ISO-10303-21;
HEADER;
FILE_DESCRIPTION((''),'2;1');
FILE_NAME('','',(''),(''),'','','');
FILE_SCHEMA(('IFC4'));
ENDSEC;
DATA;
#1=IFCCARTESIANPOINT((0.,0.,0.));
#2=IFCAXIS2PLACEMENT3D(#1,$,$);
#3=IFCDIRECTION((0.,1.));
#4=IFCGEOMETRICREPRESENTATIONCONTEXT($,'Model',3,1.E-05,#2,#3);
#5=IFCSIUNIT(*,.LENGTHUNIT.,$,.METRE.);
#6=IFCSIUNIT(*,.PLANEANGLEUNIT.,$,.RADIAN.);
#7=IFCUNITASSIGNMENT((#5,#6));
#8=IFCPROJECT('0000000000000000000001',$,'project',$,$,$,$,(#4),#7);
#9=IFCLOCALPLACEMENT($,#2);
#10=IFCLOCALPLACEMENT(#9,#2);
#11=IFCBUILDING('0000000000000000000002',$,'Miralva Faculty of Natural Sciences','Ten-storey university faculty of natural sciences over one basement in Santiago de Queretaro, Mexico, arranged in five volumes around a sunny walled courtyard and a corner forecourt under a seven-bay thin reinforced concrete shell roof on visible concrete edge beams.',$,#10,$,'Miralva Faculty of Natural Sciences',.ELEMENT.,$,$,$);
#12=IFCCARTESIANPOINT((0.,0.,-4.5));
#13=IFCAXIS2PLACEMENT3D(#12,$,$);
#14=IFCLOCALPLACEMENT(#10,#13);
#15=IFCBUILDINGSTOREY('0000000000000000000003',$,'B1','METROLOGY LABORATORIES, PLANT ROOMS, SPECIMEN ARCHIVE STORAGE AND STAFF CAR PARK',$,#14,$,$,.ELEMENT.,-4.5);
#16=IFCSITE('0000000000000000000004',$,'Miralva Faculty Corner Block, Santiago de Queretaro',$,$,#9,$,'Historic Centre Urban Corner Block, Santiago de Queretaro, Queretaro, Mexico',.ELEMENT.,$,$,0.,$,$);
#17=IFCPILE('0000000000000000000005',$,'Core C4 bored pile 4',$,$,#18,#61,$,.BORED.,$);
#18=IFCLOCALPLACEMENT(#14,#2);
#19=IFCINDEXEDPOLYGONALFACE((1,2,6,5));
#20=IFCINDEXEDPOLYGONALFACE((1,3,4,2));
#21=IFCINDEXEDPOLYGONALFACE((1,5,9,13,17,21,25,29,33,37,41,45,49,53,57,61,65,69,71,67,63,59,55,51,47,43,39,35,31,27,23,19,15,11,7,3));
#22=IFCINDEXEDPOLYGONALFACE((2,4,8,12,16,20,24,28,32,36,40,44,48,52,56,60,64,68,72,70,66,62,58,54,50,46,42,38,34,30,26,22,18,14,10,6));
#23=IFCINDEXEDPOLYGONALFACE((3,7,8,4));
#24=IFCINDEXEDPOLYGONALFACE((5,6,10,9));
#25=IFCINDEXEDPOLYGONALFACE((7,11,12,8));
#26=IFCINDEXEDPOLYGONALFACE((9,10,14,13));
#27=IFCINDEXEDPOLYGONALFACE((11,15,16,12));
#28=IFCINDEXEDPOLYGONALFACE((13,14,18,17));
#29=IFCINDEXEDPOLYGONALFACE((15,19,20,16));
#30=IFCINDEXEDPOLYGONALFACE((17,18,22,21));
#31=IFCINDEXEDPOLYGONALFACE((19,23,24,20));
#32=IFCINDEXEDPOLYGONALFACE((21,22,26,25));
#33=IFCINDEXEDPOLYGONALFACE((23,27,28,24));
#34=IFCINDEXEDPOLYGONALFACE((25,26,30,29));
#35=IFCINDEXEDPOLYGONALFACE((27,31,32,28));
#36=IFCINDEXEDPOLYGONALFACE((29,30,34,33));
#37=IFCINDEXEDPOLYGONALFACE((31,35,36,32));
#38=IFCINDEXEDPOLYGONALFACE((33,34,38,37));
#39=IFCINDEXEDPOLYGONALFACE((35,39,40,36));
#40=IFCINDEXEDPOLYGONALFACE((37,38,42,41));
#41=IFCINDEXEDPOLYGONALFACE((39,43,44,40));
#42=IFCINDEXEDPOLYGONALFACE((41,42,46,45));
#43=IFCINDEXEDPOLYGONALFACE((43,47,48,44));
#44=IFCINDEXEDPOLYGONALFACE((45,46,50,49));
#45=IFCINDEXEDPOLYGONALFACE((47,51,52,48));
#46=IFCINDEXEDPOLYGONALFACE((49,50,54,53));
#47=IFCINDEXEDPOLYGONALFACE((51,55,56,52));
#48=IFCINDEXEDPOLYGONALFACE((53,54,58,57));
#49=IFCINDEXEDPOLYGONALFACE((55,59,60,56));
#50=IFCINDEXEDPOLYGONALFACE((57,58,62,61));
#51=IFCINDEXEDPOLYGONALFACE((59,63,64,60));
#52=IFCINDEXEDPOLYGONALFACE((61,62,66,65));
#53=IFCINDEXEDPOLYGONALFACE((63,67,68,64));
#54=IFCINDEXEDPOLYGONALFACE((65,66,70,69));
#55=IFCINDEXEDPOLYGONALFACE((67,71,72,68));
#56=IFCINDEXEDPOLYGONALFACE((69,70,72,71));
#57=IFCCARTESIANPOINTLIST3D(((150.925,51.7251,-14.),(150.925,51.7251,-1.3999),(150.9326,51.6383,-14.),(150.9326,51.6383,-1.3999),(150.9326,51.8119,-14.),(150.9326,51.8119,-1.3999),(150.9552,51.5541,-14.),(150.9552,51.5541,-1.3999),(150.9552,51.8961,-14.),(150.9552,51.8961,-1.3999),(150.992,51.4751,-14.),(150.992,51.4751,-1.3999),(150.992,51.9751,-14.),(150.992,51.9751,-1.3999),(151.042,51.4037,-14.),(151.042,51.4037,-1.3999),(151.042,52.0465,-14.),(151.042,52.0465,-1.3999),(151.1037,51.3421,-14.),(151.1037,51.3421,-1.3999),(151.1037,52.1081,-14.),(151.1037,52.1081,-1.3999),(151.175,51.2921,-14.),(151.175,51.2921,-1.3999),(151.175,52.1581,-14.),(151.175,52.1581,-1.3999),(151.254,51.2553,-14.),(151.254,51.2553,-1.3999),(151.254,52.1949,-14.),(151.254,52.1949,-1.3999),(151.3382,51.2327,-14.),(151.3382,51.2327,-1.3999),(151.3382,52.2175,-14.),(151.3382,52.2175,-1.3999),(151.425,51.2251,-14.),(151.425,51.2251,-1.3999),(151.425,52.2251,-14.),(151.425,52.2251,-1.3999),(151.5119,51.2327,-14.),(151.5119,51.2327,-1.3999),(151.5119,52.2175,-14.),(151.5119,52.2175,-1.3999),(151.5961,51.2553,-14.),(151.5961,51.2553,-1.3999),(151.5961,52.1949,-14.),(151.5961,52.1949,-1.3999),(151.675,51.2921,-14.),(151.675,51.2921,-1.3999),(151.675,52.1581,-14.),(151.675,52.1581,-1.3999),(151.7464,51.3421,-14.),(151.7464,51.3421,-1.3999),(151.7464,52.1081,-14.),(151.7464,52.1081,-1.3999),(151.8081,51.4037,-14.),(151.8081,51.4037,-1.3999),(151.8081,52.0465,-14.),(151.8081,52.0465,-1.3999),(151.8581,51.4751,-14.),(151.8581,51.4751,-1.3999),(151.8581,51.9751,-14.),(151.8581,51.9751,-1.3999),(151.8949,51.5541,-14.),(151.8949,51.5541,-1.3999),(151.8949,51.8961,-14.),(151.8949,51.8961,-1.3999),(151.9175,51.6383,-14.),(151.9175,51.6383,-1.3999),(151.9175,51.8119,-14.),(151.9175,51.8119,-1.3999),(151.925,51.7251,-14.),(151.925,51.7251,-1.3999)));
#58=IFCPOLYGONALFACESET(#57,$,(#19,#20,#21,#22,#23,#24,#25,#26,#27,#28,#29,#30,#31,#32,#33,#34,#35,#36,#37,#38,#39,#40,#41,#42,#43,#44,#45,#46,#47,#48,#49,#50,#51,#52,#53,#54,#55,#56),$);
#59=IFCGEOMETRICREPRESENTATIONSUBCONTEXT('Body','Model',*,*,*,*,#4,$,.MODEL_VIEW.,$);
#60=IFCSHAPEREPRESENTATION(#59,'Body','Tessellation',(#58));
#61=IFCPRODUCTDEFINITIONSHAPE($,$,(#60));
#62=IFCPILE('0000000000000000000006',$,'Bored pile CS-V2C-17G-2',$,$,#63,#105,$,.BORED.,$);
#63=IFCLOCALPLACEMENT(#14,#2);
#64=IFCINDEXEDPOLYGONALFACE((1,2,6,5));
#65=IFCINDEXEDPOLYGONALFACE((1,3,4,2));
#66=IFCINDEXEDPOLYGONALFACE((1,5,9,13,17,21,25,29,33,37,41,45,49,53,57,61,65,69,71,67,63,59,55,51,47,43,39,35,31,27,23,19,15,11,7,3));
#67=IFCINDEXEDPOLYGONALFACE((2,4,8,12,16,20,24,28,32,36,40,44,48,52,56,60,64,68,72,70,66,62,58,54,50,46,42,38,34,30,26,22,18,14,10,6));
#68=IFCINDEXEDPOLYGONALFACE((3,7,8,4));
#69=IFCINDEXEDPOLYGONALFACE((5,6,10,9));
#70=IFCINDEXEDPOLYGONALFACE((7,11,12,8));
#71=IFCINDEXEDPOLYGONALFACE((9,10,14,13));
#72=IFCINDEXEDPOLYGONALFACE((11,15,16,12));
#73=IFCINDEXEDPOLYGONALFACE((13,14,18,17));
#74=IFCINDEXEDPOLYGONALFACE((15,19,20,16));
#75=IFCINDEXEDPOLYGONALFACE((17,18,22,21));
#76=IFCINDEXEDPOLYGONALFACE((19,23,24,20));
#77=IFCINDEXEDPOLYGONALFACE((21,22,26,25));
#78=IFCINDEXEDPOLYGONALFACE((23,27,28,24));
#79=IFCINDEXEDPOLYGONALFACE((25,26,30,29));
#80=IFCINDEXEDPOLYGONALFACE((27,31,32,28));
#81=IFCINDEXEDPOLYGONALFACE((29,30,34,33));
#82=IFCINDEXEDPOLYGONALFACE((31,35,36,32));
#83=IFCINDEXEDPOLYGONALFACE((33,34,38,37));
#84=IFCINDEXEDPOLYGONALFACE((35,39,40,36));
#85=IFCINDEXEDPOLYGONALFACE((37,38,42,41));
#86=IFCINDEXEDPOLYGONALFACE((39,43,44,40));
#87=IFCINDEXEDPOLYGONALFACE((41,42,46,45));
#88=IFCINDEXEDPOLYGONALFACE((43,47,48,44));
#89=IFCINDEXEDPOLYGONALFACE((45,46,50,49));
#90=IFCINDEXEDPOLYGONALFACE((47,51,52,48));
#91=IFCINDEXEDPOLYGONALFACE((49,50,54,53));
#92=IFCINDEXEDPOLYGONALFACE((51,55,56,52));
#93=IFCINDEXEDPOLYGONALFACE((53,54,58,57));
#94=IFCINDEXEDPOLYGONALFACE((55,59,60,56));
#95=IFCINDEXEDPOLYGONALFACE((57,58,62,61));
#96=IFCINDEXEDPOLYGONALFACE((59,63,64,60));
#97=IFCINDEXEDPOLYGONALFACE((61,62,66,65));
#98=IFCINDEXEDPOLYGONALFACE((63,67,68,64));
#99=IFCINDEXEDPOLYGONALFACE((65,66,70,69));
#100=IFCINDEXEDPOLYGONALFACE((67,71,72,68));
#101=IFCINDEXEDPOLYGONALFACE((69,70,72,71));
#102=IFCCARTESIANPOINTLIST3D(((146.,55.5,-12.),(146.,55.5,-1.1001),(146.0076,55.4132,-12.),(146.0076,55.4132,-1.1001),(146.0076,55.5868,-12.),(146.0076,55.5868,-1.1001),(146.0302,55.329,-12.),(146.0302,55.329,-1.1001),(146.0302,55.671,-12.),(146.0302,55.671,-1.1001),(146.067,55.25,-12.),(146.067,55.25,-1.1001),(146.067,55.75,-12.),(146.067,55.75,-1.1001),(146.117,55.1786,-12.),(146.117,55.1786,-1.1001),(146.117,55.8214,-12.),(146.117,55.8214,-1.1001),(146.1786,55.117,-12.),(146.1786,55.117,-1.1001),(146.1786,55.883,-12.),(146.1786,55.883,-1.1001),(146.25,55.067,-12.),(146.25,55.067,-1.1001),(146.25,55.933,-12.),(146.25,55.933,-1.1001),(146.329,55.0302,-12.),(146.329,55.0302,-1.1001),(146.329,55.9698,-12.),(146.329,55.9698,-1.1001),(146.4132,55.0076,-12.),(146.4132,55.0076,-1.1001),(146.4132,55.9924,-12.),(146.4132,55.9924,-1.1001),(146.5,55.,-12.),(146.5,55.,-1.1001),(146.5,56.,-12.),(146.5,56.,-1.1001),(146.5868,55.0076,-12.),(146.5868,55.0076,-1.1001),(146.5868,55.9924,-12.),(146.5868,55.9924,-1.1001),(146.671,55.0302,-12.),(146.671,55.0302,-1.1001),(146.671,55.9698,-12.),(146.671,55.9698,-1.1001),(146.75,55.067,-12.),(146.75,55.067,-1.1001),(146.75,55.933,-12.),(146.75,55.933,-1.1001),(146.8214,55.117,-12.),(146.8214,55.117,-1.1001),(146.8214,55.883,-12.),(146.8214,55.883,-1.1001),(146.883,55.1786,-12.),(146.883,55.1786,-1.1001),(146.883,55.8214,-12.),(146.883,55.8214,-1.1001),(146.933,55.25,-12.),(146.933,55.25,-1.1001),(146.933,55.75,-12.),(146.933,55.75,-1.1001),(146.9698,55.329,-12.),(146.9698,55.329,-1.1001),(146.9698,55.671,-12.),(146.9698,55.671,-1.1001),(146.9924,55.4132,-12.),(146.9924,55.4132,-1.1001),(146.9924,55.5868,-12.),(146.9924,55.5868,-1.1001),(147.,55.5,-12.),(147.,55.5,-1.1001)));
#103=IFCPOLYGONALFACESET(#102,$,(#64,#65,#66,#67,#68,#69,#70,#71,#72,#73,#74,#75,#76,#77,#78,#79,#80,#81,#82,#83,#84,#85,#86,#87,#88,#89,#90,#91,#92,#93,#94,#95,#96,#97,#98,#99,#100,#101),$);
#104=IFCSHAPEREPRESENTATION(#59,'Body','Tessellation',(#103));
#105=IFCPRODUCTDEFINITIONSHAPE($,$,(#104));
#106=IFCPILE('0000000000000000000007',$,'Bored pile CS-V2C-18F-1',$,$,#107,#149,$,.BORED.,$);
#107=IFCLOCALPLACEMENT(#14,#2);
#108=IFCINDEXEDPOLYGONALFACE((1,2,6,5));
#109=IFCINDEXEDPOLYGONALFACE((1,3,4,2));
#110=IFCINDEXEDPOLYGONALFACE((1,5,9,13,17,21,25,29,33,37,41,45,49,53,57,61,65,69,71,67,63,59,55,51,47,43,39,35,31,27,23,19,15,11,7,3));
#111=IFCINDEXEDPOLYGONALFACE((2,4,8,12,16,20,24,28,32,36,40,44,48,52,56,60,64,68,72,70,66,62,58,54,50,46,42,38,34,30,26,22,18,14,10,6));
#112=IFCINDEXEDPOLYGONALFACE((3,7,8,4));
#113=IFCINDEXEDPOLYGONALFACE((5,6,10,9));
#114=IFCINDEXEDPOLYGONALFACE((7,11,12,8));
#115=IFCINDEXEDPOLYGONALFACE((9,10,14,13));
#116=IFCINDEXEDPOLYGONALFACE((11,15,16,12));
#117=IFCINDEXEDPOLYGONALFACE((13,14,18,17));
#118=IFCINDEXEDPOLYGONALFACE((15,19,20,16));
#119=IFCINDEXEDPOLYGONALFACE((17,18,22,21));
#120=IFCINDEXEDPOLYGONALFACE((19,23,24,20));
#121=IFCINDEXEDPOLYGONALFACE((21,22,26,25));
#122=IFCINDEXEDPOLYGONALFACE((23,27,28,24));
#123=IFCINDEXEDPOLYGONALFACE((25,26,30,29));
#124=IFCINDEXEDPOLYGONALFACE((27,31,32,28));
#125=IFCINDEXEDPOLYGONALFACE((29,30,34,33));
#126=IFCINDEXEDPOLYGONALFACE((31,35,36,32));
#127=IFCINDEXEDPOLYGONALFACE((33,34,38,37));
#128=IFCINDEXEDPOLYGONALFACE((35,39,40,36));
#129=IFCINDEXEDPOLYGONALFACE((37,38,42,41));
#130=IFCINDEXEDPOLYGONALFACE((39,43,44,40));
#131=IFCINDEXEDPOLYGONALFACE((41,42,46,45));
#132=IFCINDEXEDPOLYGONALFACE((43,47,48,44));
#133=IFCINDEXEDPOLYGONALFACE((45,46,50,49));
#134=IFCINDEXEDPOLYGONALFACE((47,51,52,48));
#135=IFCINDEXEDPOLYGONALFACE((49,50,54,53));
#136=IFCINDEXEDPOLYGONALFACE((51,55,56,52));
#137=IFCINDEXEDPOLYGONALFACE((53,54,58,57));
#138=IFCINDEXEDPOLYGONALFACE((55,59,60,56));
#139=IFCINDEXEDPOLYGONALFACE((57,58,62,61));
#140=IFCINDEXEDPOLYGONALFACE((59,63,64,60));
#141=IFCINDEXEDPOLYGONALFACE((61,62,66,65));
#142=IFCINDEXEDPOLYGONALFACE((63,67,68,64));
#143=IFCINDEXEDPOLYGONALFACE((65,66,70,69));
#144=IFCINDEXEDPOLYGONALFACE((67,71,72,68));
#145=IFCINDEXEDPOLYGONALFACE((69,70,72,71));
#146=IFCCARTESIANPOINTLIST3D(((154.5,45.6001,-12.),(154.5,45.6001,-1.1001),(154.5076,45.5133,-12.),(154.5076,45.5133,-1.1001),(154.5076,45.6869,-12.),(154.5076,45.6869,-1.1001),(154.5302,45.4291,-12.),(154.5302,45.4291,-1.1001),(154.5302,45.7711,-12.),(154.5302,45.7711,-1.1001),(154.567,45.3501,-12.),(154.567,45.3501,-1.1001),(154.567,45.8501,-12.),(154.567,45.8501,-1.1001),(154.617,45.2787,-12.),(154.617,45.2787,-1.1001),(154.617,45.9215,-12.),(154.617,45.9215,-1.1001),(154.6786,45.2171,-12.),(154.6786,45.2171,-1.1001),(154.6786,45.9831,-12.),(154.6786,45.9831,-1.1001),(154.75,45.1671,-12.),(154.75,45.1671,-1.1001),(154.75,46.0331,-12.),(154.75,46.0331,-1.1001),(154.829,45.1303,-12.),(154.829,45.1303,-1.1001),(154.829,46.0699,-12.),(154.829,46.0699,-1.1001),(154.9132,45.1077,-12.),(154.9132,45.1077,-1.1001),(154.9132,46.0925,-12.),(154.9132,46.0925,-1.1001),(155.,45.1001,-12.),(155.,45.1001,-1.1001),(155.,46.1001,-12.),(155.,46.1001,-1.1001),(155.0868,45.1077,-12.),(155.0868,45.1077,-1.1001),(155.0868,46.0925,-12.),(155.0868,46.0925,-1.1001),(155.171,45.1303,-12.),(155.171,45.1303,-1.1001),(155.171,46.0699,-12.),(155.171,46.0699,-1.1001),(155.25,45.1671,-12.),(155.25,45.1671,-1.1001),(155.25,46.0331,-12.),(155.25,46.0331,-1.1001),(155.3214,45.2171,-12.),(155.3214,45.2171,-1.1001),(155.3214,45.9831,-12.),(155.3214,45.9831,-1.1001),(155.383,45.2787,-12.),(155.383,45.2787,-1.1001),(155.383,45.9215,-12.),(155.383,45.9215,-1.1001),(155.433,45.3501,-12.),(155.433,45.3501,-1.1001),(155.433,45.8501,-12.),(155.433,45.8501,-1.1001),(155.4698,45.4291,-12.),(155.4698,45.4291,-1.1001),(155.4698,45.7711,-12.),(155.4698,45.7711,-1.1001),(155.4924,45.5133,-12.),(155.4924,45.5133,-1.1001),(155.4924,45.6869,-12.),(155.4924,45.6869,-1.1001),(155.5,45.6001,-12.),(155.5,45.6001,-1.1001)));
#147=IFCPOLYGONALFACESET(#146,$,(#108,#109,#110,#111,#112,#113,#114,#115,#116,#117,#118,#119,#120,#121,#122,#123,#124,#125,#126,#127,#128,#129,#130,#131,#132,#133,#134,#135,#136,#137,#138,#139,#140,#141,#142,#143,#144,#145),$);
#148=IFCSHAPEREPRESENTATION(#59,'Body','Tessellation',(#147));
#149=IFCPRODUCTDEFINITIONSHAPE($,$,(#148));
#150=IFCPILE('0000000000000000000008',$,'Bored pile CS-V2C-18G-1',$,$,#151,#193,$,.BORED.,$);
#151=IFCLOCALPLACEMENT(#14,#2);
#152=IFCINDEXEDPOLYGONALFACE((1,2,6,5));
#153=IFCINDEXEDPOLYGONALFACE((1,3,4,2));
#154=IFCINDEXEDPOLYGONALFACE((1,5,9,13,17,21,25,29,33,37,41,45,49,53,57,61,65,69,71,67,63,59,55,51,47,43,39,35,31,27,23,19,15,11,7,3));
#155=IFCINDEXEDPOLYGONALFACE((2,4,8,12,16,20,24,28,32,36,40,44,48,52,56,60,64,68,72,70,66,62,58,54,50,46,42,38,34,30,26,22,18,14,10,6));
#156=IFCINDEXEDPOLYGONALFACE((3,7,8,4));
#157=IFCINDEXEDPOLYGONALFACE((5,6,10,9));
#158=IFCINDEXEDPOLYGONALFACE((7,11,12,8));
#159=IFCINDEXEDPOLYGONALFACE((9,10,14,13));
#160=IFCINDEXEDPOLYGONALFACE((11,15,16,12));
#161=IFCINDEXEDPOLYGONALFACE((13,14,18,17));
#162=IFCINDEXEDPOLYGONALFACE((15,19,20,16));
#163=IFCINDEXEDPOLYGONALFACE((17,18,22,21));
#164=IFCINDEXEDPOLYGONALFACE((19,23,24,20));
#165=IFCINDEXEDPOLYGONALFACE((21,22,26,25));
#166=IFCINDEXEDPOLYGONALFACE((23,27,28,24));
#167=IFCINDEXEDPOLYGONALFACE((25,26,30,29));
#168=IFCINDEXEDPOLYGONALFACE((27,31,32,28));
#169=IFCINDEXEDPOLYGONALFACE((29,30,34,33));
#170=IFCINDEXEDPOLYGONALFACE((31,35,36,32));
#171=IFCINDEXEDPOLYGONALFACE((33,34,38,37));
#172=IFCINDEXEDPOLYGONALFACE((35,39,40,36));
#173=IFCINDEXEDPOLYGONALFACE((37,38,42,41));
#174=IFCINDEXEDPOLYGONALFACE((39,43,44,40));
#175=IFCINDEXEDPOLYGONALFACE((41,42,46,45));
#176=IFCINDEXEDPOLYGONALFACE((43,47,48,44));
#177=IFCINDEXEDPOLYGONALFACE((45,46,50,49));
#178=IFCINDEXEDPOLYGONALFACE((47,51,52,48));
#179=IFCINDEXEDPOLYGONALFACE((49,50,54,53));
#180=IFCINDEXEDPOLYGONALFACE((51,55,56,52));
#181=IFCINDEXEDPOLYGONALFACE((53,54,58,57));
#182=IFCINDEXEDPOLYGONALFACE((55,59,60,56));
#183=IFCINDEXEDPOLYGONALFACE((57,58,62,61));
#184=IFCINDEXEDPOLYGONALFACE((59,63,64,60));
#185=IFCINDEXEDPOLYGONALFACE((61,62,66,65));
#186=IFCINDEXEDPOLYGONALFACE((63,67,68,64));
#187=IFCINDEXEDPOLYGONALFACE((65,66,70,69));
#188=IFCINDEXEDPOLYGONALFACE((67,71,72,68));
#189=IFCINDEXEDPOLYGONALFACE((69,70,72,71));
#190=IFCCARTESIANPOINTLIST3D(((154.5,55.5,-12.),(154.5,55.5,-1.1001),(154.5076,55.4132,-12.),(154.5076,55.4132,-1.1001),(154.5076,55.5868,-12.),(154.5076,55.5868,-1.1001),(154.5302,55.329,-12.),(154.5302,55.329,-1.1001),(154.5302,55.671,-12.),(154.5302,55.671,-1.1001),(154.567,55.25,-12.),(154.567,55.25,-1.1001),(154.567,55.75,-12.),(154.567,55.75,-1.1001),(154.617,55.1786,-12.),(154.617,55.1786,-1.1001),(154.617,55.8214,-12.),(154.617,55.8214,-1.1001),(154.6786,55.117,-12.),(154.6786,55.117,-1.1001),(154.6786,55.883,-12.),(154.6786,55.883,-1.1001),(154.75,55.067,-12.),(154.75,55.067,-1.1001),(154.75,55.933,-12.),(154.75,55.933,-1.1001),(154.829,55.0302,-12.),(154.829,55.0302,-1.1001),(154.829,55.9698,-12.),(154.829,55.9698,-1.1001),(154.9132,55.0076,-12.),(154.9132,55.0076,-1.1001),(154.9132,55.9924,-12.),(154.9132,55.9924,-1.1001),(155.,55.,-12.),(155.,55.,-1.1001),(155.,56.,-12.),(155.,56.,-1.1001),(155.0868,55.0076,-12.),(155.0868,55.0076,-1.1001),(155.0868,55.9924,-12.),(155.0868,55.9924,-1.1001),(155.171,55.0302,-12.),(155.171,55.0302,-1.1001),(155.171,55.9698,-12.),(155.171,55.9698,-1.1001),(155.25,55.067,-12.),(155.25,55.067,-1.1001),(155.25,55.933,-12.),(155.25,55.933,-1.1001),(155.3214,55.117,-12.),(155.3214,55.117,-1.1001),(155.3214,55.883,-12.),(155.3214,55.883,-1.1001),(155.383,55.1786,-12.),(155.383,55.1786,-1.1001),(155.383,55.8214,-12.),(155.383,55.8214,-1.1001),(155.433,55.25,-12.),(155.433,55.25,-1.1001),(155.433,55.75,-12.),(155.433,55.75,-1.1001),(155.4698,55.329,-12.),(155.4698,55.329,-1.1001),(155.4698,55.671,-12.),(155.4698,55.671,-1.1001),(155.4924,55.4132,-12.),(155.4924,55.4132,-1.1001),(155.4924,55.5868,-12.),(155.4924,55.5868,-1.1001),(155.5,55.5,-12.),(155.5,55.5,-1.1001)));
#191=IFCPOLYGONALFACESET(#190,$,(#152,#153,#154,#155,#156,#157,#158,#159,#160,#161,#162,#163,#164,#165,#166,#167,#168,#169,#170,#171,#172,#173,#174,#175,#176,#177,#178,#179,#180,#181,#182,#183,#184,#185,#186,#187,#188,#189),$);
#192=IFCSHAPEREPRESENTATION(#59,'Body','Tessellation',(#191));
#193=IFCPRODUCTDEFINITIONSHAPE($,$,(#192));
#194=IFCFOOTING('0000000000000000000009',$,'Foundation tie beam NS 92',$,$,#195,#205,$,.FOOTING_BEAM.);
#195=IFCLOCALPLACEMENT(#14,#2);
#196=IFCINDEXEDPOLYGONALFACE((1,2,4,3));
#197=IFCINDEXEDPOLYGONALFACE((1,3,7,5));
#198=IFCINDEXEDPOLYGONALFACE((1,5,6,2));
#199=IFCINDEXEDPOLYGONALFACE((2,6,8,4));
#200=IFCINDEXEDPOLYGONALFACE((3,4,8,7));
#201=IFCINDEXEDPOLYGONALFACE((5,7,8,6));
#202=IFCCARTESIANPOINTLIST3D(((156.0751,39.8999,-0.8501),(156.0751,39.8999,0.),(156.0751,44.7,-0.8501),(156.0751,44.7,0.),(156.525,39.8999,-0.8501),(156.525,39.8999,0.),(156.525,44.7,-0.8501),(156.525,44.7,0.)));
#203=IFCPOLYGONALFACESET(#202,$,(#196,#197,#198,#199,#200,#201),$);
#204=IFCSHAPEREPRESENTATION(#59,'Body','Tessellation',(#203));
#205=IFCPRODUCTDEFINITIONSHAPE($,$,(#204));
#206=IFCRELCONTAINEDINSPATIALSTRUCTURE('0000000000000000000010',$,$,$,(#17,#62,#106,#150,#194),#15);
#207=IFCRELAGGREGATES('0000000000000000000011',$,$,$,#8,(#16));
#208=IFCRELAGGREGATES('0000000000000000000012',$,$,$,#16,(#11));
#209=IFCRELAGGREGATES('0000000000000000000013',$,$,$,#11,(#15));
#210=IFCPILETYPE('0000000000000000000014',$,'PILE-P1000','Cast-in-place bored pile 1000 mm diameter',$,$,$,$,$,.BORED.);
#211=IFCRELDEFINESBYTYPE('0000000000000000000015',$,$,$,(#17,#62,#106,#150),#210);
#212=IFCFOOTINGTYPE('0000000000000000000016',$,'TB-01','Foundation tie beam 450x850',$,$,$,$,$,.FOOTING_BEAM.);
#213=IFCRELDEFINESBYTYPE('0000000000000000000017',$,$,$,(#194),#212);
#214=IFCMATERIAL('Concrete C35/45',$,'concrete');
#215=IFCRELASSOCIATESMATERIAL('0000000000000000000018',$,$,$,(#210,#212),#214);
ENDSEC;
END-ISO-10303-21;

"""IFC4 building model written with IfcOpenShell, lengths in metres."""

from ifc_helpers import new_model, si_unit, direction, frame, origin, origin_2d, place, context, subcontext, project, spatial, rectangle, circle, extrude, material, material_profile, profile_set, type_object, element, save


model = new_model("IFC4")

# Units and contexts
model_context = context("Model", 3, precision=1e-05, world=origin(), true_north=direction((0.0, 1.0)))
body_context = subcontext(model_context, "Body", "Model", "MODEL_VIEW")
ifc_project = project(units=[si_unit("LENGTHUNIT", "METRE"), si_unit("PLANEANGLEUNIT", "RADIAN")], contexts=[model_context])

# Site, building, storey
site_placement = place(None, origin())
site = spatial("IfcSite", under=ifc_project, at=site_placement, Name="Miralva Faculty Corner Block, Santiago de Queretaro", LongName="Historic Centre Urban Corner Block, Santiago de Queretaro, Queretaro, Mexico", CompositionType="ELEMENT", RefElevation=0.0)
building_placement = place(site_placement, origin())
building = spatial("IfcBuilding", under=site, at=building_placement, Name="Miralva Faculty of Natural Sciences", Description="Ten-storey university faculty of natural sciences over one basement in Santiago de Queretaro, Mexico, arranged in five volumes around a sunny walled courtyard and a corner forecourt under a seven-bay thin reinforced concrete shell roof on visible concrete edge beams.", LongName="Miralva Faculty of Natural Sciences", CompositionType="ELEMENT")
storey_placement = place(building_placement, frame((0.0, 0.0, -4.5)))
storey = spatial("IfcBuildingStorey", under=building, at=storey_placement, Name="B1", Description="METROLOGY LABORATORIES, PLANT ROOMS, SPECIMEN ARCHIVE STORAGE AND STAFF CAR PARK", CompositionType="ELEMENT", Elevation=-4.5)

# Shared definitions
ifc_material_1 = material(Name="Concrete C35/45", Category="concrete")

# Piles
ifc_material_profile_1 = material_profile(ifc_material_1, circle(Radius=0.5, at=origin_2d()), Name="BORED PILE 1000")
ifc_profile_set_1 = profile_set([ifc_material_profile_1], Name="Concrete C35/45")
pile_type = type_object("IfcPileType", Name="PILE-P1000", Description="Cast-in-place bored pile 1000 mm diameter", PredefinedType="BORED", material=ifc_profile_set_1)
for number, where, z_axis, x_axis, name in (
    (1, (151.425, 51.7251, -1.3999), (0.0, 0.0, -1.0), (1.0, 0.0, 0.0), "Core C4 bored pile 4"),
):
    element("IfcPile", number, at=place(storey_placement, frame(where, z_axis=z_axis, x_axis=x_axis)), inside=storey, type_object=pile_type, Name=name, PredefinedType="BORED", context=body_context, shape_type="SweptSolid", body=[
        extrude(circle(Radius=0.5, at=origin_2d()), origin(), (0.0, 0.0, 1.0), 12.6001),
    ])
for number, where, z_axis, x_axis, name in (
    (2, (146.5, 55.5, -1.1001), (0.0, 0.0, -1.0), (1.0, 0.0, 0.0), "Bored pile CS-V2C-17G-2"),
    (3, (155.0, 45.6001, -1.1001), (0.0, 0.0, -1.0), (1.0, 0.0, 0.0), "Bored pile CS-V2C-18F-1"),
    (4, (155.0, 55.5, -1.1001), (0.0, 0.0, -1.0), (1.0, 0.0, 0.0), "Bored pile CS-V2C-18G-1"),
):
    element("IfcPile", number, at=place(storey_placement, frame(where, z_axis=z_axis, x_axis=x_axis)), inside=storey, type_object=pile_type, Name=name, PredefinedType="BORED", context=body_context, shape_type="SweptSolid", body=[
        extrude(circle(Radius=0.5, at=origin_2d()), origin(), (0.0, 0.0, 1.0), 10.8999),
    ])

# Footing
ifc_material_profile_2 = material_profile(ifc_material_1, rectangle(XDim=0.45, YDim=0.8501, at=origin_2d()), Name="RC 450x850")
ifc_profile_set_2 = profile_set([ifc_material_profile_2], Name="Concrete C35/45")
footing_type_1 = type_object("IfcFootingType", Name="TB-01", Description="Foundation tie beam 450x850", PredefinedType="FOOTING_BEAM", material=ifc_profile_set_2)
footing_1_placement = place(storey_placement, frame((156.3, 39.8999, -0.425), z_axis=(0.0, 1.0, 0.0), x_axis=(-1.0, 0.0, 0.0)))
element("IfcFooting", 5, at=footing_1_placement, inside=storey, type_object=footing_type_1, Name="Foundation tie beam NS 92", PredefinedType="FOOTING_BEAM", context=body_context, shape_type="SweptSolid", body=[
    extrude(rectangle(XDim=0.45, YDim=0.8501, at=origin_2d()), origin(), (0.0, 0.0, 1.0), 4.8),
])

save(model, "model.ifc")
